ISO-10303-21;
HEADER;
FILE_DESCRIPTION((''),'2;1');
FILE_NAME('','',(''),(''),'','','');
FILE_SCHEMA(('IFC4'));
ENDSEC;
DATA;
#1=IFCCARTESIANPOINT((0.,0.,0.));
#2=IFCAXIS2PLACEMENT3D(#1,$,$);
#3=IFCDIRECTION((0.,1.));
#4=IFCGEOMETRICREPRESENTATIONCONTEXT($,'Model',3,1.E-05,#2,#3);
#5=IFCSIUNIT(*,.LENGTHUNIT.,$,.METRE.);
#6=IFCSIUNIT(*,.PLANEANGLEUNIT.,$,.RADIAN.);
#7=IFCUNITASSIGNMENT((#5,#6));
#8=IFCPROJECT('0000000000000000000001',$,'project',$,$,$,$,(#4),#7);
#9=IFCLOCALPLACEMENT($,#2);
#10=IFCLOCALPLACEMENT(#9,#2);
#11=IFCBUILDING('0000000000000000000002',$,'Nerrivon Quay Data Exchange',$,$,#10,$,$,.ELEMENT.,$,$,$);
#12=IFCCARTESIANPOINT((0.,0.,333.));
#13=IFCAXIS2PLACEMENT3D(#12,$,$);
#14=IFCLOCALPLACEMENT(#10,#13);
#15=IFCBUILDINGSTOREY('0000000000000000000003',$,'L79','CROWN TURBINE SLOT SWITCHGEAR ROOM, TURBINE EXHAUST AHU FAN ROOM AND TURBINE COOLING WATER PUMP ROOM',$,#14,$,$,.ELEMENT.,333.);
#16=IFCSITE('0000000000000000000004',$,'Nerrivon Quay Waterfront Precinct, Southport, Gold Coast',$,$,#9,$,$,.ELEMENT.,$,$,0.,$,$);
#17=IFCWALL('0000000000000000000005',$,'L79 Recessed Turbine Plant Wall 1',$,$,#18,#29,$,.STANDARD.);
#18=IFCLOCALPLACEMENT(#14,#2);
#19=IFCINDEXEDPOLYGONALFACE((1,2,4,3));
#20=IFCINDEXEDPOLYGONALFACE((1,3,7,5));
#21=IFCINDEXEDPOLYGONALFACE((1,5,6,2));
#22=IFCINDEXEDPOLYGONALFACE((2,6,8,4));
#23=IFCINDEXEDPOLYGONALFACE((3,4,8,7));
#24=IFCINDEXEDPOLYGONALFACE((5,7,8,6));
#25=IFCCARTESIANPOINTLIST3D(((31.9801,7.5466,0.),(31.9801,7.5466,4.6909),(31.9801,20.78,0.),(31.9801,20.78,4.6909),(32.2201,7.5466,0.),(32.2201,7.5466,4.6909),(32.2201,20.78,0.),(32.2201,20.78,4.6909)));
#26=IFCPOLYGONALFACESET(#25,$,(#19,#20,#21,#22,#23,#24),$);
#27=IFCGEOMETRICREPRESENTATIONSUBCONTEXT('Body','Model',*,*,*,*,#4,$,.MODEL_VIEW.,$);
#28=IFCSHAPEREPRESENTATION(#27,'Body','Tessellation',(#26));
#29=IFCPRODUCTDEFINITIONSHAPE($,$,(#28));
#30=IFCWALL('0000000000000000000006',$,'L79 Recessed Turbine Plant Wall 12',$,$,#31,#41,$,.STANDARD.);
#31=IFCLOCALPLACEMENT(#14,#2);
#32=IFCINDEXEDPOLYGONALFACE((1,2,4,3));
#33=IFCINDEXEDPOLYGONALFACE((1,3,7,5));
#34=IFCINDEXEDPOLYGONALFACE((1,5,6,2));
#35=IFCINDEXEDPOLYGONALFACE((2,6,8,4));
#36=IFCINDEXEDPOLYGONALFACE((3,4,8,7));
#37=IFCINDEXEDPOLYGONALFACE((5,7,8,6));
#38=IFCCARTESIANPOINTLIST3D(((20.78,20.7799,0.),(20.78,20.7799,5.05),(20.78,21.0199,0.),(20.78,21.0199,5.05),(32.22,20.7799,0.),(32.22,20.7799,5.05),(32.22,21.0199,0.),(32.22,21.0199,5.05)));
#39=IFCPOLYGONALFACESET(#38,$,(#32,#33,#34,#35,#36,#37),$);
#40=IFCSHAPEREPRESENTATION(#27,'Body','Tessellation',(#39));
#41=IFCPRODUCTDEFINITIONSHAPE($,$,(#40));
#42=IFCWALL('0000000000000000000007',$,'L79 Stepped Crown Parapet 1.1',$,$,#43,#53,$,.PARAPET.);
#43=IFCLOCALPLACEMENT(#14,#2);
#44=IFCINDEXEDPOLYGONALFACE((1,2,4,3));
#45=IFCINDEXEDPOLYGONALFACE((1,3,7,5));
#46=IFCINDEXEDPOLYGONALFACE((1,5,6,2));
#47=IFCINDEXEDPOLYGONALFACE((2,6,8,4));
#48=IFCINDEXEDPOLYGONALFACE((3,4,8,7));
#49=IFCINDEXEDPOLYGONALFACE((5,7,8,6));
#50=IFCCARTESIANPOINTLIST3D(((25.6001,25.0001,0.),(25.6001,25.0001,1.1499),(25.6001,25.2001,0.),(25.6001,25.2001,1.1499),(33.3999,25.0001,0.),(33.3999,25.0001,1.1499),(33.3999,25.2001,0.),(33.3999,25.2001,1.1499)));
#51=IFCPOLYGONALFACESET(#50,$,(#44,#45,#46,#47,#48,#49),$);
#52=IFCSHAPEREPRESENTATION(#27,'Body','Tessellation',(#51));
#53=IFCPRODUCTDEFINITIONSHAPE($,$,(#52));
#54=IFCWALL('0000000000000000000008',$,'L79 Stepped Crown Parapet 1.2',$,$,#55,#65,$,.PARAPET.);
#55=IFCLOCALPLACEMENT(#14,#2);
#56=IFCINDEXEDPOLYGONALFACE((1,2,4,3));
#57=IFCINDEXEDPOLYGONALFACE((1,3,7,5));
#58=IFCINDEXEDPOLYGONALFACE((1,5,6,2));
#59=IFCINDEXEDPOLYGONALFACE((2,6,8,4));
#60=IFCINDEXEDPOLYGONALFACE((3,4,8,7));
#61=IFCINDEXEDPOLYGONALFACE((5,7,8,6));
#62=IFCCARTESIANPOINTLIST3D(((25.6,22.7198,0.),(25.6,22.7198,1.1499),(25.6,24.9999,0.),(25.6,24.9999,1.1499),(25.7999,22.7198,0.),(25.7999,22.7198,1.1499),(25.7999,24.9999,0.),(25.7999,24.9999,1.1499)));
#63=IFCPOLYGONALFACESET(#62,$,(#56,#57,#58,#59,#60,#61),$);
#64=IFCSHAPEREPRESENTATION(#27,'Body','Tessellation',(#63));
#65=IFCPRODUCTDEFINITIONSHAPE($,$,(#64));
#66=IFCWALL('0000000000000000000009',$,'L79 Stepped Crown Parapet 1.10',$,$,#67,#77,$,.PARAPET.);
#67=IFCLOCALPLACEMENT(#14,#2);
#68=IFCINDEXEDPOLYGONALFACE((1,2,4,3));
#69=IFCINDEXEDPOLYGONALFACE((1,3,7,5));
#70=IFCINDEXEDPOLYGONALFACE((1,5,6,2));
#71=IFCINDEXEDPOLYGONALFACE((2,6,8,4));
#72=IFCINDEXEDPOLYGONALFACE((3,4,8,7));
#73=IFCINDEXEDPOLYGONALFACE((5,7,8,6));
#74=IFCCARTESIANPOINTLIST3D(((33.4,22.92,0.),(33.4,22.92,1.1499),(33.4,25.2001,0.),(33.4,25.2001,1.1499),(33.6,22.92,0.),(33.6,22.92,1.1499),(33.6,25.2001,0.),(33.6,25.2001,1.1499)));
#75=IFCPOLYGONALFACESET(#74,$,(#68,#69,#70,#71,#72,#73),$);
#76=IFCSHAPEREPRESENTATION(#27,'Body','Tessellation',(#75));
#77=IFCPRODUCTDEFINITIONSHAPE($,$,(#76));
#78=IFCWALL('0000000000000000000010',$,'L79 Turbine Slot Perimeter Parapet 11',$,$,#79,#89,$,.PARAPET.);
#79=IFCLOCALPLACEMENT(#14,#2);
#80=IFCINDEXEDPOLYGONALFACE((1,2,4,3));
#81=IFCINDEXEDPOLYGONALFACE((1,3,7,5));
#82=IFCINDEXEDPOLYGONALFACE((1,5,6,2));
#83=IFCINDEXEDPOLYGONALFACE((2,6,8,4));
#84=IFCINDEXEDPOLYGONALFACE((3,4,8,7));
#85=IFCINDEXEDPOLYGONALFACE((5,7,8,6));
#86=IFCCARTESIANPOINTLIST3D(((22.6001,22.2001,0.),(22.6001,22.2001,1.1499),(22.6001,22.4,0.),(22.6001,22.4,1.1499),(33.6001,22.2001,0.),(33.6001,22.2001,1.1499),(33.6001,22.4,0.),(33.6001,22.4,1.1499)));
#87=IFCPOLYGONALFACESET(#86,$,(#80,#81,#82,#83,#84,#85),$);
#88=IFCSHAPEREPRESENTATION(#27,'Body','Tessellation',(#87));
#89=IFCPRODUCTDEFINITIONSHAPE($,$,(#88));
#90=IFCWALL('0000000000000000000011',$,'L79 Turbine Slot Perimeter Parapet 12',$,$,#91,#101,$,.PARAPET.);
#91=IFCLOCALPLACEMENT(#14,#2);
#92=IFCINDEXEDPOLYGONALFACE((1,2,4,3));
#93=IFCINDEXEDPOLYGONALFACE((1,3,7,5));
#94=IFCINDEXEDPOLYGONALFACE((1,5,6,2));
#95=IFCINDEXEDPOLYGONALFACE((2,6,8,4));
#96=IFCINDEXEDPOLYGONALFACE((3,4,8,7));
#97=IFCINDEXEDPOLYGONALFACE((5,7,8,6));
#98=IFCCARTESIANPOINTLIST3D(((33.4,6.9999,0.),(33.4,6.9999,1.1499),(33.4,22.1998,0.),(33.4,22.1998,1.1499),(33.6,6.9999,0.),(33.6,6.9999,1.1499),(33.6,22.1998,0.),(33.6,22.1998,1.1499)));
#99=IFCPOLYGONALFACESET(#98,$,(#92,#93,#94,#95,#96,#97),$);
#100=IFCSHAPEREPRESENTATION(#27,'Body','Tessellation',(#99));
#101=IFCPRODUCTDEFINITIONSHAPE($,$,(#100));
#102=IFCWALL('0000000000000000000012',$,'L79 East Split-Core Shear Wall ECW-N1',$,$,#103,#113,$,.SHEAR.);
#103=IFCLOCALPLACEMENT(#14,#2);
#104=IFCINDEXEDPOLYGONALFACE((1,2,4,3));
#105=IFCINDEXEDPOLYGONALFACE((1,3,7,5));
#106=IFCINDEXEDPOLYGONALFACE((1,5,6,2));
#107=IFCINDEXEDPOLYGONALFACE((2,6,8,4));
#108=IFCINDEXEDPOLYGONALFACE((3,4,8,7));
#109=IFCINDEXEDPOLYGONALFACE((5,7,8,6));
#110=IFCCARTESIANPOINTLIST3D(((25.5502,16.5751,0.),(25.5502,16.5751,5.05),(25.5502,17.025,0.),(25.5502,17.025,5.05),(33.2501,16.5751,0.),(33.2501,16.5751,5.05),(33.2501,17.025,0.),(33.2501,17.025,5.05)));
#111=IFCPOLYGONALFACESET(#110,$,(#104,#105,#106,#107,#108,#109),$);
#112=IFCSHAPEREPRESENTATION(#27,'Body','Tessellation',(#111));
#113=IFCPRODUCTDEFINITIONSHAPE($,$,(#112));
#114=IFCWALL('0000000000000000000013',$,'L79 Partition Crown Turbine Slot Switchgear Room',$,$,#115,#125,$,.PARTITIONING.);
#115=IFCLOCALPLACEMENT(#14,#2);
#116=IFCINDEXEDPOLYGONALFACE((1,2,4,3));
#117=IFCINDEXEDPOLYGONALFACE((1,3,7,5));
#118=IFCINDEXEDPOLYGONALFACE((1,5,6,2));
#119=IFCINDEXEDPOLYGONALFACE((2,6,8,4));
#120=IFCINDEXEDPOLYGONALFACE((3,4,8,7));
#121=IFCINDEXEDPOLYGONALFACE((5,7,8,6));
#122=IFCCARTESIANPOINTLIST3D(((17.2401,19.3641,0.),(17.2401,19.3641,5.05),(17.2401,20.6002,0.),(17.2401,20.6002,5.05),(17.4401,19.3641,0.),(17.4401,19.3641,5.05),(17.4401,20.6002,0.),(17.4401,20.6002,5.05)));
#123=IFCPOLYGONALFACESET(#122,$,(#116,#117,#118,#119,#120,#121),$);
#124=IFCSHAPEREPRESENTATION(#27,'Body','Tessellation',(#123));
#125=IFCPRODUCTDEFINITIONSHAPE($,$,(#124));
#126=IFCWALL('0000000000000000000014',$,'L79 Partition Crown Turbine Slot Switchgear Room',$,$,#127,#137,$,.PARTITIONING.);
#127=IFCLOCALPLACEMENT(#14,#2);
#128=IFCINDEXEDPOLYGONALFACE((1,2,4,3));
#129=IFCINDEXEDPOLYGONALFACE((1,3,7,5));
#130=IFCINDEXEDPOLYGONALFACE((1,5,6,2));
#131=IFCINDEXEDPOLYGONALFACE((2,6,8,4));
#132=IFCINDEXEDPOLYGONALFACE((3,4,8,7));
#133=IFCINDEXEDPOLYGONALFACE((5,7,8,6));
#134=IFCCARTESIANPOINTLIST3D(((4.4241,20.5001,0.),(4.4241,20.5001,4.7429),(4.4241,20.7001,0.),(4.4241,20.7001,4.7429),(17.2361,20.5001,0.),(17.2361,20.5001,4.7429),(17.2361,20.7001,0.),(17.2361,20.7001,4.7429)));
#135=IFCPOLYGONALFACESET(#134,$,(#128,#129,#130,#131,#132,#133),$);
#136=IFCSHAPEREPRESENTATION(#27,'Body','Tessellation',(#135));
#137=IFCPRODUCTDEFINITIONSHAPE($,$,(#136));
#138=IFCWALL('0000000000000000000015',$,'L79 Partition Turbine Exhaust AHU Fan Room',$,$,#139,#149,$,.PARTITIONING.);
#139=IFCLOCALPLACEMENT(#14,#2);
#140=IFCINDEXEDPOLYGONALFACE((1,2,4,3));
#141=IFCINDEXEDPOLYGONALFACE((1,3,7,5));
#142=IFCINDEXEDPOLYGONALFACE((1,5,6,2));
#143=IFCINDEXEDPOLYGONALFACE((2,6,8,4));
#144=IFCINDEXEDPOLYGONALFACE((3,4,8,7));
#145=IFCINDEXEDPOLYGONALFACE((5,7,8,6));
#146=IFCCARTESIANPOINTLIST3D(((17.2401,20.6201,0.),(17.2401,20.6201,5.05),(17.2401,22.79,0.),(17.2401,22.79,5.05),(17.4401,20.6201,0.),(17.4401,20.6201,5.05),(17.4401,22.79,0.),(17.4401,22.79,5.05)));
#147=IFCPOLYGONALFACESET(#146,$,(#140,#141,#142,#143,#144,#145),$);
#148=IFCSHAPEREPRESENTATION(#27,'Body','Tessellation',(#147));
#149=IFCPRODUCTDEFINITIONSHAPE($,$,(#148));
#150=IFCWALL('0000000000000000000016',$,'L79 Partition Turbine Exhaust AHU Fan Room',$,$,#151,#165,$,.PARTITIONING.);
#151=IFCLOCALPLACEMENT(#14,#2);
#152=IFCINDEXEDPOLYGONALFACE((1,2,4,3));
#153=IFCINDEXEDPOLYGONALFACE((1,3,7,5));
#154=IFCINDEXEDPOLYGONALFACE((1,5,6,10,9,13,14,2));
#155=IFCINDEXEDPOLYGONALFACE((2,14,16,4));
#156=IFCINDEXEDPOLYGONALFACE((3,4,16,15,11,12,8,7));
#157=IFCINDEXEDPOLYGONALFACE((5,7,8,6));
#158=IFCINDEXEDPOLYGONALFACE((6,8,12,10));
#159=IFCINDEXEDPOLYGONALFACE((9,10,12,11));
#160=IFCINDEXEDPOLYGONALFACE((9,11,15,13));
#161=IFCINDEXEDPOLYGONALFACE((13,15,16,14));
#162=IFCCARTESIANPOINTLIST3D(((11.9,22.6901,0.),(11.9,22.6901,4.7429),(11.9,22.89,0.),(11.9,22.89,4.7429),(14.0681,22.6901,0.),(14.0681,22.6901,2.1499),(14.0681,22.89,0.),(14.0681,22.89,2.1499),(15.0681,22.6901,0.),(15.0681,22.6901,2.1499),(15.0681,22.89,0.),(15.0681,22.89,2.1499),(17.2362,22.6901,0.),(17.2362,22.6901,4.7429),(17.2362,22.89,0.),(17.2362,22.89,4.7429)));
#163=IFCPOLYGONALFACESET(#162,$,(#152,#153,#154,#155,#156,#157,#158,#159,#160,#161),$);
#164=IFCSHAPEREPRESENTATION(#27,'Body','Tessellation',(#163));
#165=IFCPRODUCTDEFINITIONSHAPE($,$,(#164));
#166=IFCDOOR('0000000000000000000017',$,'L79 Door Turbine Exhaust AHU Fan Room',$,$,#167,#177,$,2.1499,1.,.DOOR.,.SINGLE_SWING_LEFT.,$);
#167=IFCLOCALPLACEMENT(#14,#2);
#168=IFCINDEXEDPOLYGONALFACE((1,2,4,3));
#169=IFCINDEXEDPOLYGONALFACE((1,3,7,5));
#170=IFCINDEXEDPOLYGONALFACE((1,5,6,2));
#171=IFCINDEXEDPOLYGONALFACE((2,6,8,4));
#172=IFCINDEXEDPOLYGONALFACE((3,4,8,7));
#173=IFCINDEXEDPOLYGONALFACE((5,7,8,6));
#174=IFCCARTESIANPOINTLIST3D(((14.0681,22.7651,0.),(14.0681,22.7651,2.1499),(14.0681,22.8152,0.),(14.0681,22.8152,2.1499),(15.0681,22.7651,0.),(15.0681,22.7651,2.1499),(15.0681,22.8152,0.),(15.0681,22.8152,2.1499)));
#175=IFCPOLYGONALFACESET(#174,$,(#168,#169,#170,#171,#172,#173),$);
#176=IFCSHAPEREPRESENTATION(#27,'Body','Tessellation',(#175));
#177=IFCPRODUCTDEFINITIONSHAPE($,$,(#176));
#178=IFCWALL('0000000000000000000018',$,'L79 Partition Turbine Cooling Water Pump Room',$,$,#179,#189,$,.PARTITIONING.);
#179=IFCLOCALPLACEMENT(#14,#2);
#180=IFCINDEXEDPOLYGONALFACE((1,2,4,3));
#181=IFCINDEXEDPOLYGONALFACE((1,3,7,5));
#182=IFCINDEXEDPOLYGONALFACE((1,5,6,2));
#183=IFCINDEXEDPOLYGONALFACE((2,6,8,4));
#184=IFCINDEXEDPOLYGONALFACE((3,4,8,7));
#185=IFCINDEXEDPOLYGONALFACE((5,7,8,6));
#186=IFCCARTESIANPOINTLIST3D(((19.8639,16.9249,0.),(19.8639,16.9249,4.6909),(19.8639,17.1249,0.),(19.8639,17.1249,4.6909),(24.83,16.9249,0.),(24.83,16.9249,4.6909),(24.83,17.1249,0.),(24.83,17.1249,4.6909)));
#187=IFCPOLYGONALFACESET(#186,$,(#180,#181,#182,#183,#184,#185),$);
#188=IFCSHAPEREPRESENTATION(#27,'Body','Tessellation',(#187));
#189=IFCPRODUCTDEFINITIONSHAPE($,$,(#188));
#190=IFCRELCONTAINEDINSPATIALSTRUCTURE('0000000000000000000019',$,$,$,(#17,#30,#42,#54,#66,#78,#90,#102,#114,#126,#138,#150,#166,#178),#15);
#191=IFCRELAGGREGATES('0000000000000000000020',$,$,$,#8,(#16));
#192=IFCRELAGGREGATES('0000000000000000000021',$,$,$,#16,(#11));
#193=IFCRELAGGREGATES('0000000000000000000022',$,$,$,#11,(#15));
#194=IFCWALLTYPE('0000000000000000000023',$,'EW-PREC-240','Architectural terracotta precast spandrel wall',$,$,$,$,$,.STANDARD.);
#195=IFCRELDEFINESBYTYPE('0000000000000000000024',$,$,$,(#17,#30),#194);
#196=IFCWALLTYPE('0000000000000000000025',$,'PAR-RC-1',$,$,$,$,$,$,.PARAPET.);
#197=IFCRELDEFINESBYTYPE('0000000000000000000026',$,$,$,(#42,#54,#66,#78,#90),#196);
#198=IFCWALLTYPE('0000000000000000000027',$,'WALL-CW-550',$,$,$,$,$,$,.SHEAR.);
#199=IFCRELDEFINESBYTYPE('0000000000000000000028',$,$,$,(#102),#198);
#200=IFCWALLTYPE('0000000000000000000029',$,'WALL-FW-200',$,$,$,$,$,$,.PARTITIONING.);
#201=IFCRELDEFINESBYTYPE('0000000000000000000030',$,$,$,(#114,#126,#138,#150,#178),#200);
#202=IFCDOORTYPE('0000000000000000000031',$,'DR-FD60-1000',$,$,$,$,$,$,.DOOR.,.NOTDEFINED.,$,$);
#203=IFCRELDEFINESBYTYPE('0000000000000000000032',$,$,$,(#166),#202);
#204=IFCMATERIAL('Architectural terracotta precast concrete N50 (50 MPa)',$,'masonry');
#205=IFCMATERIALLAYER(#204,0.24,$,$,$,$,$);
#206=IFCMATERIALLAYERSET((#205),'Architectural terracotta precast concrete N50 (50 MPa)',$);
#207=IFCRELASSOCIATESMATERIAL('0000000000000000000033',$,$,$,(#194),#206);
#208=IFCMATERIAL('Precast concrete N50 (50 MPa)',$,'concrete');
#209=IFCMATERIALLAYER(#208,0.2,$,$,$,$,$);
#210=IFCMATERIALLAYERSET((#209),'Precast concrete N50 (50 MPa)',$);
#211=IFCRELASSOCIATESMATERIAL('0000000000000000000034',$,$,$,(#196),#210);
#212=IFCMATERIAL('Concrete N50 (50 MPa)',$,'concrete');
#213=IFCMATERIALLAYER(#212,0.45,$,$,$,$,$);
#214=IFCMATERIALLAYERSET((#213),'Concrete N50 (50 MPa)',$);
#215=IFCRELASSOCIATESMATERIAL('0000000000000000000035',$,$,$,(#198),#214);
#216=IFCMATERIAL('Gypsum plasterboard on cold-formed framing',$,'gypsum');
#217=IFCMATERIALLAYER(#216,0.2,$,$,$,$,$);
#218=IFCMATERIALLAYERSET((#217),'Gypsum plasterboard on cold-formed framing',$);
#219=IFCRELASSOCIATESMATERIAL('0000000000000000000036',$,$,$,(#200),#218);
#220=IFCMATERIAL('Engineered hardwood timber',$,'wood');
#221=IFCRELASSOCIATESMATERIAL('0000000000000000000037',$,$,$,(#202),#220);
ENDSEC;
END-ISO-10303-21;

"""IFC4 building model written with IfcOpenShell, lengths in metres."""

from ifc_helpers import new_model, si_unit, direction, frame, frame_2d, origin, place, context, subcontext, project, spatial, rectangle, extrude, material, layer, layer_set, type_object, element, fill, save


model = new_model("IFC4")

# Units and contexts
model_context = context("Model", 3, precision=1e-05, world=origin(), true_north=direction((0.0, 1.0)))
body_context = subcontext(model_context, "Body", "Model", "MODEL_VIEW")
ifc_project = project(units=[si_unit("LENGTHUNIT", "METRE"), si_unit("PLANEANGLEUNIT", "RADIAN")], contexts=[model_context])

# Site, building, storey
site_placement = place(None, origin())
site = spatial("IfcSite", under=ifc_project, at=site_placement, Name="Nerrivon Quay Waterfront Precinct, Southport, Gold Coast", CompositionType="ELEMENT", RefElevation=0.0)
building_placement = place(site_placement, origin())
building = spatial("IfcBuilding", under=site, at=building_placement, Name="Nerrivon Quay Data Exchange", CompositionType="ELEMENT")
storey_placement = place(building_placement, frame((0.0, 0.0, 333.0)))
storey = spatial("IfcBuildingStorey", under=building, at=storey_placement, Name="L79", Description="CROWN TURBINE SLOT SWITCHGEAR ROOM, TURBINE EXHAUST AHU FAN ROOM AND TURBINE COOLING WATER PUMP ROOM", CompositionType="ELEMENT", Elevation=333.0)

# Shared definitions
ifc_material_1 = material(Name="Concrete N50 (50 MPa)", Category="concrete")

# Walls
ifc_material_2 = material(Name="Architectural terracotta precast concrete N50 (50 MPa)", Category="masonry")
ifc_layer_1 = layer(ifc_material_2, 0.24)
ifc_layer_set_1 = layer_set([ifc_layer_1], Name="Architectural terracotta precast concrete N50 (50 MPa)")
wall_type_1 = type_object("IfcWallType", Name="EW-PREC-240", Description="Architectural terracotta precast spandrel wall", PredefinedType="STANDARD", material=ifc_layer_set_1)
wall_1_placement = place(storey_placement, frame((32.1001, 20.78, 0.0), z_axis=(0.0, 0.0, 1.0), x_axis=(0.0, -1.0, 0.0)))
element("IfcWall", 1, at=wall_1_placement, inside=storey, type_object=wall_type_1, Name="L79 Recessed Turbine Plant Wall 1", PredefinedType="STANDARD", context=body_context, shape_type="SweptSolid", body=[
    extrude(rectangle(XDim=13.2334, YDim=0.24, at=frame_2d((6.6167, 0.0))), origin(), (0.0, 0.0, 1.0), 4.6909),
])
wall_2_placement = place(storey_placement, frame((20.78, 20.8999, 0.0), z_axis=(0.0, 0.0, 1.0), x_axis=(1.0, 0.0, 0.0)))
element("IfcWall", 2, at=wall_2_placement, inside=storey, type_object=wall_type_1, Name="L79 Recessed Turbine Plant Wall 12", PredefinedType="STANDARD", context=body_context, shape_type="SweptSolid", body=[
    extrude(rectangle(XDim=11.4399, YDim=0.24, at=frame_2d((5.72, 0.0))), origin(), (0.0, 0.0, 1.0), 5.05),
])
ifc_material_3 = material(Name="Precast concrete N50 (50 MPa)", Category="concrete")
ifc_layer_2 = layer(ifc_material_3, 0.2)
ifc_layer_set_2 = layer_set([ifc_layer_2], Name="Precast concrete N50 (50 MPa)")
wall_type_2 = type_object("IfcWallType", Name="PAR-RC-1", PredefinedType="PARAPET", material=ifc_layer_set_2)
wall_3_placement = place(storey_placement, frame((33.3999, 25.1001, 0.0), z_axis=(0.0, 0.0, 1.0), x_axis=(-1.0, 0.0, 0.0)))
element("IfcWall", 3, at=wall_3_placement, inside=storey, type_object=wall_type_2, Name="L79 Stepped Crown Parapet 1.1", PredefinedType="PARAPET", context=body_context, shape_type="SweptSolid", body=[
    extrude(rectangle(XDim=7.7998, YDim=0.2, at=frame_2d((3.8999, 0.0))), origin(), (0.0, 0.0, 1.0), 1.1499),
])
for number, where, z_axis, x_axis, name in (
    (4, (25.7, 25.0, 0.0), (0.0, 0.0, 1.0), (0.0, -1.0, 0.0), "L79 Stepped Crown Parapet 1.2"),
    (5, (33.5, 22.9199, 0.0), (0.0, 0.0, 1.0), (0.0, 1.0, 0.0), "L79 Stepped Crown Parapet 1.10"),
):
    element("IfcWall", number, at=place(storey_placement, frame(where, z_axis=z_axis, x_axis=x_axis)), inside=storey, type_object=wall_type_2, Name=name, PredefinedType="PARAPET", context=body_context, shape_type="SweptSolid", body=[
        extrude(rectangle(XDim=2.28, YDim=0.2, at=frame_2d((1.1401, 0.0))), origin(), (0.0, 0.0, 1.0), 1.1499),
    ])
wall_4_placement = place(storey_placement, frame((22.6001, 22.3, 0.0), z_axis=(0.0, 0.0, 1.0), x_axis=(1.0, 0.0, 0.0)))
element("IfcWall", 6, at=wall_4_placement, inside=storey, type_object=wall_type_2, Name="L79 Turbine Slot Perimeter Parapet 11", PredefinedType="PARAPET", context=body_context, shape_type="SweptSolid", body=[
    extrude(rectangle(XDim=11.0, YDim=0.2, at=frame_2d((5.5, 0.0))), origin(), (0.0, 0.0, 1.0), 1.1499),
])
wall_5_placement = place(storey_placement, frame((33.5, 22.2, 0.0), z_axis=(0.0, 0.0, 1.0), x_axis=(0.0, -1.0, 0.0)))
element("IfcWall", 7, at=wall_5_placement, inside=storey, type_object=wall_type_2, Name="L79 Turbine Slot Perimeter Parapet 12", PredefinedType="PARAPET", context=body_context, shape_type="SweptSolid", body=[
    extrude(rectangle(XDim=15.2, YDim=0.2, at=frame_2d((7.6001, 0.0))), origin(), (0.0, 0.0, 1.0), 1.1499),
])
ifc_layer_3 = layer(ifc_material_1, 0.45)
ifc_layer_set_3 = layer_set([ifc_layer_3], Name="Concrete N50 (50 MPa)")
wall_type_3 = type_object("IfcWallType", Name="WALL-CW-550", PredefinedType="SHEAR", material=ifc_layer_set_3)
wall_6_placement = place(storey_placement, frame((25.55, 16.8, 0.0), z_axis=(0.0, 0.0, 1.0), x_axis=(1.0, 0.0, 0.0)))
element("IfcWall", 8, at=wall_6_placement, inside=storey, type_object=wall_type_3, Name="L79 East Split-Core Shear Wall ECW-N1", PredefinedType="SHEAR", context=body_context, shape_type="SweptSolid", body=[
    extrude(rectangle(XDim=7.7, YDim=0.45, at=frame_2d((3.8501, 0.0))), origin(), (0.0, 0.0, 1.0), 5.05),
])
ifc_material_4 = material(Name="Gypsum plasterboard on cold-formed framing", Category="gypsum")
ifc_layer_4 = layer(ifc_material_4, 0.2)
ifc_layer_set_4 = layer_set([ifc_layer_4], Name="Gypsum plasterboard on cold-formed framing")
wall_type_4 = type_object("IfcWallType", Name="WALL-FW-200", PredefinedType="PARTITIONING", material=ifc_layer_set_4)
wall_7_placement = place(storey_placement, frame((17.3401, 19.364, 0.0), z_axis=(0.0, 0.0, 1.0), x_axis=(0.0, 1.0, 0.0)))
element("IfcWall", 9, at=wall_7_placement, inside=storey, type_object=wall_type_4, Name="L79 Partition Crown Turbine Slot Switchgear Room", PredefinedType="PARTITIONING", context=body_context, shape_type="SweptSolid", body=[
    extrude(rectangle(XDim=1.2361, YDim=0.2, at=frame_2d((0.6182, 0.0))), origin(), (0.0, 0.0, 1.0), 5.05),
])
wall_8_placement = place(storey_placement, frame((17.2361, 20.6001, 0.0), z_axis=(0.0, 0.0, 1.0), x_axis=(-1.0, 0.0, 0.0)))
element("IfcWall", 10, at=wall_8_placement, inside=storey, type_object=wall_type_4, Name="L79 Partition Crown Turbine Slot Switchgear Room", PredefinedType="PARTITIONING", context=body_context, shape_type="SweptSolid", body=[
    extrude(rectangle(XDim=12.812, YDim=0.2, at=frame_2d((6.406, 0.0))), origin(), (0.0, 0.0, 1.0), 4.7429),
])
wall_9_placement = place(storey_placement, frame((17.3401, 20.6201, 0.0), z_axis=(0.0, 0.0, 1.0), x_axis=(0.0, 1.0, 0.0)))
element("IfcWall", 11, at=wall_9_placement, inside=storey, type_object=wall_type_4, Name="L79 Partition Turbine Exhaust AHU Fan Room", PredefinedType="PARTITIONING", context=body_context, shape_type="SweptSolid", body=[
    extrude(rectangle(XDim=2.1699, YDim=0.2, at=frame_2d((1.085, 0.0))), origin(), (0.0, 0.0, 1.0), 5.05),
])

# Wall, opening, door
wall_10_placement = place(storey_placement, frame((17.2361, 22.79, 0.0), z_axis=(0.0, 0.0, 1.0), x_axis=(-1.0, 0.0, 0.0)))
wall_10 = element("IfcWall", 12, at=wall_10_placement, inside=storey, type_object=wall_type_4, Name="L79 Partition Turbine Exhaust AHU Fan Room", PredefinedType="PARTITIONING", context=body_context, shape_type="SweptSolid", body=[
    extrude(rectangle(XDim=5.3362, YDim=0.2, at=frame_2d((2.668, 0.0))), origin(), (0.0, 0.0, 1.0), 4.7429),
])
opening_placement = place(wall_10_placement, frame((2.168, 0.0, 0.0)))
opening = element("IfcOpeningElement", 13, at=opening_placement, cuts=wall_10, PredefinedType="OPENING", context=body_context, shape_type="SweptSolid", body=[
    extrude(rectangle(XDim=1.0, YDim=2.1499, at=frame_2d((0.5, 1.075))), frame((0.0, 0.1099, 0.0), z_axis=(0.0, -1.0, 0.0), x_axis=(1.0, 0.0, 0.0)), (0.0, 0.0, 1.0), 0.22),
])
ifc_material_5 = material(Name="Engineered hardwood timber", Category="wood")
door_type = type_object("IfcDoorType", Name="DR-FD60-1000", OperationType="NOTDEFINED", PredefinedType="DOOR", material=ifc_material_5)
door_placement = place(opening_placement, origin())
door = element("IfcDoor", 14, at=door_placement, inside=storey, type_object=door_type, Name="L79 Door Turbine Exhaust AHU Fan Room", OperationType="SINGLE_SWING_LEFT", OverallHeight=2.1499, OverallWidth=1.0, PredefinedType="DOOR", context=body_context, shape_type="SweptSolid", body=[
    extrude(rectangle(XDim=1.0, YDim=2.1499, at=frame_2d((0.5, 1.075))), frame((0.0, 0.0249, 0.0), z_axis=(0.0, -1.0, 0.0), x_axis=(1.0, 0.0, 0.0)), (0.0, 0.0, 1.0), 0.05),
])
fill(opening, door)

# Wall
wall_11_placement = place(storey_placement, frame((19.864, 17.0249, 0.0), z_axis=(0.0, 0.0, 1.0), x_axis=(1.0, 0.0, 0.0)))
element("IfcWall", 15, at=wall_11_placement, inside=storey, type_object=wall_type_4, Name="L79 Partition Turbine Cooling Water Pump Room", PredefinedType="PARTITIONING", context=body_context, shape_type="SweptSolid", body=[
    extrude(rectangle(XDim=4.9661, YDim=0.2, at=frame_2d((2.4829, 0.0))), origin(), (0.0, 0.0, 1.0), 4.6909),
])

save(model, "model.ifc")
